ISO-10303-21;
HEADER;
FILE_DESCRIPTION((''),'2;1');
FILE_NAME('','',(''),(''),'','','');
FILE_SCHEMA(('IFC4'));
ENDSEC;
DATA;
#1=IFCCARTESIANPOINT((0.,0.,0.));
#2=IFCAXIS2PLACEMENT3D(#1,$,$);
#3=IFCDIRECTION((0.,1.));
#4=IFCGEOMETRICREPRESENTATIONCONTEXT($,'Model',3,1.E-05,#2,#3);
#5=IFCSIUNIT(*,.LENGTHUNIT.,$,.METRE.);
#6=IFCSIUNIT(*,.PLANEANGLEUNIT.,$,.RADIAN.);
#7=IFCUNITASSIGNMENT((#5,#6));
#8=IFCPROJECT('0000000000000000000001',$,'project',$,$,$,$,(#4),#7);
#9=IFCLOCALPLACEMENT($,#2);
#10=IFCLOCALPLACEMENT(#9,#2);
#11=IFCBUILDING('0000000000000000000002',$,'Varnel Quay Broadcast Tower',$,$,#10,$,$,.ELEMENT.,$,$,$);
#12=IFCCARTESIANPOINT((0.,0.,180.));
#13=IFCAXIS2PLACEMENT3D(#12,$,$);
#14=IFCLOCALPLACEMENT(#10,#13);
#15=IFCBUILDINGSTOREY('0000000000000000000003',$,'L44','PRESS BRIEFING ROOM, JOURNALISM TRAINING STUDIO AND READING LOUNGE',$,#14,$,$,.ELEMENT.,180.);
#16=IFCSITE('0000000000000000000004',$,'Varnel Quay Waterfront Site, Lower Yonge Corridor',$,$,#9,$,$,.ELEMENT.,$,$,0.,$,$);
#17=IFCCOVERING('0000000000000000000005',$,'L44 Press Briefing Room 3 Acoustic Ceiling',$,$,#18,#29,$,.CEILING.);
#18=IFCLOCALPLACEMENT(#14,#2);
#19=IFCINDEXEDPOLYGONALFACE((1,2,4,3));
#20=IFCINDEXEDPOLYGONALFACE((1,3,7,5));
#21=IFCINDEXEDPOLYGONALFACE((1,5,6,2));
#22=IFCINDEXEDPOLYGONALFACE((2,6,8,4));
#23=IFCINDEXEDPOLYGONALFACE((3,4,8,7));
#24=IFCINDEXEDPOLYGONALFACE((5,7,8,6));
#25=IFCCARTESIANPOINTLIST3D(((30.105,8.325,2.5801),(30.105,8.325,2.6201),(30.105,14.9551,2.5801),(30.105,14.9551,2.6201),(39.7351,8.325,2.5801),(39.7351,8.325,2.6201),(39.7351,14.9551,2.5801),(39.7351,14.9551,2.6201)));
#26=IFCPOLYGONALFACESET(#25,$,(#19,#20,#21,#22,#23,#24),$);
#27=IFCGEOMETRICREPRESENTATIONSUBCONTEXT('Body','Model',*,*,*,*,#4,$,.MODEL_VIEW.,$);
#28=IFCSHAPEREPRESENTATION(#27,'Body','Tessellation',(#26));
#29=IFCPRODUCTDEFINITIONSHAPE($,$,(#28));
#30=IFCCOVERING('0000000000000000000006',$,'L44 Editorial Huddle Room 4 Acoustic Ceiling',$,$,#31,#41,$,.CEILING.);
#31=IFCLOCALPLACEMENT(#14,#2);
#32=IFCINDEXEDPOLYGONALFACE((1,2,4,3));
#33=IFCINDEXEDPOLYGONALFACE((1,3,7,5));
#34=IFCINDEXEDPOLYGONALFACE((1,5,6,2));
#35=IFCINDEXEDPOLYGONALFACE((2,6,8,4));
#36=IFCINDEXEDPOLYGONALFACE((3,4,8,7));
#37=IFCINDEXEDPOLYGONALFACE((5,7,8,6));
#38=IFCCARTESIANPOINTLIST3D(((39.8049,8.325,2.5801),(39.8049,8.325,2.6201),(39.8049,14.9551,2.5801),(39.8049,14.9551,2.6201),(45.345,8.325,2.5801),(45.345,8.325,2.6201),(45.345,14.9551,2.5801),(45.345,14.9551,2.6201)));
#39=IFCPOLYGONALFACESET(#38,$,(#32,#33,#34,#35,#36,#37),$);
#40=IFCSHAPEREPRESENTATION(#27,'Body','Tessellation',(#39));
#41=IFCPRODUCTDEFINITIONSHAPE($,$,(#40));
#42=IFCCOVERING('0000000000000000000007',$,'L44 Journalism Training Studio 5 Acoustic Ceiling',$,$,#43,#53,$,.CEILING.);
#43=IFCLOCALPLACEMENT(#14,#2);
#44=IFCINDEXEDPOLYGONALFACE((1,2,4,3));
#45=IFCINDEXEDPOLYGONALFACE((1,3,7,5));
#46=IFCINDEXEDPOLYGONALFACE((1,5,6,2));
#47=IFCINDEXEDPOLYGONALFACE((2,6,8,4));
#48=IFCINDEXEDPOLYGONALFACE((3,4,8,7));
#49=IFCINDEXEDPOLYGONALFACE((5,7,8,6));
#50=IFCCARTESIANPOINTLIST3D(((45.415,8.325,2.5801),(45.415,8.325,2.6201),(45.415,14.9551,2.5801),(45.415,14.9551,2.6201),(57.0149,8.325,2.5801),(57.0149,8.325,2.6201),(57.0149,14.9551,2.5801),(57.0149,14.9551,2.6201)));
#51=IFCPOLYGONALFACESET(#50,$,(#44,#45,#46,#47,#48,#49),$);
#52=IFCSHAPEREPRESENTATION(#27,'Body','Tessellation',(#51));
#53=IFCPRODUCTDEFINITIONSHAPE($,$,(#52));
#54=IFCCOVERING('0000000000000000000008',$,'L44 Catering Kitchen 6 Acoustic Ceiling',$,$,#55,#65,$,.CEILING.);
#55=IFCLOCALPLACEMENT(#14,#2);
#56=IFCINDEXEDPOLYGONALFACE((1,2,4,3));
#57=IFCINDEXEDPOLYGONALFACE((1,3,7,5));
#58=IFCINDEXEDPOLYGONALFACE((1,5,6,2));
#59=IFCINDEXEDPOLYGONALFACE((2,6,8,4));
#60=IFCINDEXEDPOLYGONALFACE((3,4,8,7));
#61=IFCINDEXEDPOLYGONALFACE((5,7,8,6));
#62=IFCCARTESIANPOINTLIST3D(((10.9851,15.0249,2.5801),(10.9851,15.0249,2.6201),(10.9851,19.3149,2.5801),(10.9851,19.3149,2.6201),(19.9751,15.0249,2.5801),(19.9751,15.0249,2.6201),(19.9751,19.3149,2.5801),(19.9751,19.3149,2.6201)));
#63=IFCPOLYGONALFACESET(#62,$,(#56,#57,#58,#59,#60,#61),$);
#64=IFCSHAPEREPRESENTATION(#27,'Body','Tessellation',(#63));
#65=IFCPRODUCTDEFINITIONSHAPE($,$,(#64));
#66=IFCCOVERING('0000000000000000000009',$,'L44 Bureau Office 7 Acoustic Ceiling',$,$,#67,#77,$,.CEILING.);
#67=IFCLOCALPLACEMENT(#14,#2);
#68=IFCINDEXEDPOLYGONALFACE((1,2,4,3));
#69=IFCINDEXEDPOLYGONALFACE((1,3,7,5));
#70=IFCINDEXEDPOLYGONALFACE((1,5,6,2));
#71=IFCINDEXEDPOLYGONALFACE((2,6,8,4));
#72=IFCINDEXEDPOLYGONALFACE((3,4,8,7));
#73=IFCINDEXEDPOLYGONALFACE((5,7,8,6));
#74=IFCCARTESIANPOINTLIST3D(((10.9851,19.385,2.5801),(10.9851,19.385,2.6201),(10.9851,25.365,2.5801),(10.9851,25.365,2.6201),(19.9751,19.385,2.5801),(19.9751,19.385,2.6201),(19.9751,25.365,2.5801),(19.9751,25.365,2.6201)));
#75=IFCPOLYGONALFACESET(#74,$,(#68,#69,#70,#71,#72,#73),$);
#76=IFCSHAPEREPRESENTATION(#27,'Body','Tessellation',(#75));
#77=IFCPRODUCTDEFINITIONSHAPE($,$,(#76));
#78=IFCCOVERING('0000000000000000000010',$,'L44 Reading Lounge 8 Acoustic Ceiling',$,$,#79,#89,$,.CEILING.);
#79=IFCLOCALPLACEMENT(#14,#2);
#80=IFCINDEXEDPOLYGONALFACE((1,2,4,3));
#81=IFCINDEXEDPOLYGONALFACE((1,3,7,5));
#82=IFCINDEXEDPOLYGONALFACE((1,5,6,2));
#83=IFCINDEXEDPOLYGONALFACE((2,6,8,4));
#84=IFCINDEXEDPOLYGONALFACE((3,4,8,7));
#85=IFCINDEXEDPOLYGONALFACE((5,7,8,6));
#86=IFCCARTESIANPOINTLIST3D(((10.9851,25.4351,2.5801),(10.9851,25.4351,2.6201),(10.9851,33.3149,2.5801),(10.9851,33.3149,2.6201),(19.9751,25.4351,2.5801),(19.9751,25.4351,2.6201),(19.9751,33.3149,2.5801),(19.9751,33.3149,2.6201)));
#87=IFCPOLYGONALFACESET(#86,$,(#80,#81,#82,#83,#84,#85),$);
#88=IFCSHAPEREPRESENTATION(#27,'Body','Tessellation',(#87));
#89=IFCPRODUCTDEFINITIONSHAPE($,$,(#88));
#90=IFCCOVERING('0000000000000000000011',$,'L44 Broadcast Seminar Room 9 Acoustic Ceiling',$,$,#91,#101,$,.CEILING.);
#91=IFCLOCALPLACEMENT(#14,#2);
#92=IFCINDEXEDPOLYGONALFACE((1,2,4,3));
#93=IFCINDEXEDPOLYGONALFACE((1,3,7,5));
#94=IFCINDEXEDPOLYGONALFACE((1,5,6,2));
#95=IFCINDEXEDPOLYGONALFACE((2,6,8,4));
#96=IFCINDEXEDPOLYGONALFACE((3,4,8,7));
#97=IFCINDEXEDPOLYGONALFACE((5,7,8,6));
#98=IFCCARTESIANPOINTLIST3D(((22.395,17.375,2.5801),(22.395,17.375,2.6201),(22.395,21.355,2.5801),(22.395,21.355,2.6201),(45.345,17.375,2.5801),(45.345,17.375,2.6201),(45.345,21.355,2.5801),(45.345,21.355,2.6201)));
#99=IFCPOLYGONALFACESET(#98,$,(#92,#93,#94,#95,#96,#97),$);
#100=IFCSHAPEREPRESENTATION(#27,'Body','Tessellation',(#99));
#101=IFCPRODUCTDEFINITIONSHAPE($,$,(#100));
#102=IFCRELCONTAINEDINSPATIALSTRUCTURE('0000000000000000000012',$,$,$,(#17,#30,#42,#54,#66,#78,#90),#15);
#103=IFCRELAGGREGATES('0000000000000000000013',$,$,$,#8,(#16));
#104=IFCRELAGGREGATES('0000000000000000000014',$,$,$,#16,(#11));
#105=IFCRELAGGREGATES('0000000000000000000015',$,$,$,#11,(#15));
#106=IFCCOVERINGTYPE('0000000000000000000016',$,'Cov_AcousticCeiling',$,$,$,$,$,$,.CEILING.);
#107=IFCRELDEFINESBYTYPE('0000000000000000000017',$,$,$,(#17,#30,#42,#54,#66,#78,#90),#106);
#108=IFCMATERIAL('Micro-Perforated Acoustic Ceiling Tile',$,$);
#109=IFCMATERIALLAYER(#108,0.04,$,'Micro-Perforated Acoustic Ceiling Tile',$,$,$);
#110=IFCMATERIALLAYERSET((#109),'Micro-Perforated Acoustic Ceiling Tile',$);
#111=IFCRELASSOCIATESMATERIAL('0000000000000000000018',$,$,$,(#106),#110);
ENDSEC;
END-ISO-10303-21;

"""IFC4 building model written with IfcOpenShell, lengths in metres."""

from ifc_helpers import new_model, si_unit, direction, frame, origin, place, context, subcontext, project, spatial, polyline, outline, extrude, material, layer, layer_set, type_object, element, save


model = new_model("IFC4")

# Units and contexts
model_context = context("Model", 3, precision=1e-05, world=origin(), true_north=direction((0.0, 1.0)))
body_context = subcontext(model_context, "Body", "Model", "MODEL_VIEW")
ifc_project = project(units=[si_unit("LENGTHUNIT", "METRE"), si_unit("PLANEANGLEUNIT", "RADIAN")], contexts=[model_context])

# Site, building, storey
site_placement = place(None, origin())
site = spatial("IfcSite", under=ifc_project, at=site_placement, Name="Varnel Quay Waterfront Site, Lower Yonge Corridor", CompositionType="ELEMENT", RefElevation=0.0)
building_placement = place(site_placement, origin())
building = spatial("IfcBuilding", under=site, at=building_placement, Name="Varnel Quay Broadcast Tower", CompositionType="ELEMENT")
storey_placement = place(building_placement, frame((0.0, 0.0, 180.0)))
storey = spatial("IfcBuildingStorey", under=building, at=storey_placement, Name="L44", Description="PRESS BRIEFING ROOM, JOURNALISM TRAINING STUDIO AND READING LOUNGE", CompositionType="ELEMENT", Elevation=180.0)

# Coverings
ifc_material_1 = material(Name="Micro-Perforated Acoustic Ceiling Tile")
ifc_layer_1 = layer(ifc_material_1, 0.04, Name="Micro-Perforated Acoustic Ceiling Tile")
ifc_layer_set_1 = layer_set([ifc_layer_1], Name="Micro-Perforated Acoustic Ceiling Tile")
covering_type = type_object("IfcCoveringType", Name="Cov_AcousticCeiling", PredefinedType="CEILING", material=ifc_layer_set_1)
covering_1_placement = place(storey_placement, frame((0.0, 0.0, 2.5801)))
element("IfcCovering", 1, at=covering_1_placement, inside=storey, type_object=covering_type, Name="L44 Press Briefing Room 3 Acoustic Ceiling", PredefinedType="CEILING", context=body_context, shape_type="SweptSolid", body=[
    extrude(outline(polyline([(30.105, 8.325), (39.7351, 8.325), (39.7351, 14.9551), (30.105, 14.9551), (30.105, 8.325)])), origin(), (0.0, 0.0, 1.0), 0.04),
])
covering_2_placement = place(storey_placement, frame((0.0, 0.0, 2.5801)))
element("IfcCovering", 2, at=covering_2_placement, inside=storey, type_object=covering_type, Name="L44 Editorial Huddle Room 4 Acoustic Ceiling", PredefinedType="CEILING", context=body_context, shape_type="SweptSolid", body=[
    extrude(outline(polyline([(39.8049, 8.325), (45.345, 8.325), (45.345, 14.9551), (39.8049, 14.9551), (39.8049, 8.325)])), origin(), (0.0, 0.0, 1.0), 0.04),
])
covering_3_placement = place(storey_placement, frame((0.0, 0.0, 2.5801)))
element("IfcCovering", 3, at=covering_3_placement, inside=storey, type_object=covering_type, Name="L44 Journalism Training Studio 5 Acoustic Ceiling", PredefinedType="CEILING", context=body_context, shape_type="SweptSolid", body=[
    extrude(outline(polyline([(45.415, 8.325), (57.0149, 8.325), (57.0149, 14.9551), (45.415, 14.9551), (45.415, 8.325)])), origin(), (0.0, 0.0, 1.0), 0.04),
])
covering_4_placement = place(storey_placement, frame((0.0, 0.0, 2.5801)))
element("IfcCovering", 4, at=covering_4_placement, inside=storey, type_object=covering_type, Name="L44 Catering Kitchen 6 Acoustic Ceiling", PredefinedType="CEILING", context=body_context, shape_type="SweptSolid", body=[
    extrude(outline(polyline([(10.9851, 15.0249), (19.9751, 15.0249), (19.9751, 19.3149), (10.9851, 19.3149), (10.9851, 15.0249)])), origin(), (0.0, 0.0, 1.0), 0.04),
])
covering_5_placement = place(storey_placement, frame((0.0, 0.0, 2.5801)))
element("IfcCovering", 5, at=covering_5_placement, inside=storey, type_object=covering_type, Name="L44 Bureau Office 7 Acoustic Ceiling", PredefinedType="CEILING", context=body_context, shape_type="SweptSolid", body=[
    extrude(outline(polyline([(10.9851, 19.385), (19.9751, 19.385), (19.9751, 25.365), (10.9851, 25.365), (10.9851, 19.385)])), origin(), (0.0, 0.0, 1.0), 0.04),
])
covering_6_placement = place(storey_placement, frame((0.0, 0.0, 2.5801)))
element("IfcCovering", 6, at=covering_6_placement, inside=storey, type_object=covering_type, Name="L44 Reading Lounge 8 Acoustic Ceiling", PredefinedType="CEILING", context=body_context, shape_type="SweptSolid", body=[
    extrude(outline(polyline([(10.9851, 25.4351), (19.9751, 25.4351), (19.9751, 33.3149), (10.9851, 33.3149), (10.9851, 25.4351)])), origin(), (0.0, 0.0, 1.0), 0.04),
])
covering_7_placement = place(storey_placement, frame((0.0, 0.0, 2.5801)))
element("IfcCovering", 7, at=covering_7_placement, inside=storey, type_object=covering_type, Name="L44 Broadcast Seminar Room 9 Acoustic Ceiling", PredefinedType="CEILING", context=body_context, shape_type="SweptSolid", body=[
    extrude(outline(polyline([(22.395, 17.375), (45.345, 17.375), (45.345, 21.355), (22.395, 21.355), (22.395, 17.375)])), origin(), (0.0, 0.0, 1.0), 0.04),
])

save(model, "model.ifc")
